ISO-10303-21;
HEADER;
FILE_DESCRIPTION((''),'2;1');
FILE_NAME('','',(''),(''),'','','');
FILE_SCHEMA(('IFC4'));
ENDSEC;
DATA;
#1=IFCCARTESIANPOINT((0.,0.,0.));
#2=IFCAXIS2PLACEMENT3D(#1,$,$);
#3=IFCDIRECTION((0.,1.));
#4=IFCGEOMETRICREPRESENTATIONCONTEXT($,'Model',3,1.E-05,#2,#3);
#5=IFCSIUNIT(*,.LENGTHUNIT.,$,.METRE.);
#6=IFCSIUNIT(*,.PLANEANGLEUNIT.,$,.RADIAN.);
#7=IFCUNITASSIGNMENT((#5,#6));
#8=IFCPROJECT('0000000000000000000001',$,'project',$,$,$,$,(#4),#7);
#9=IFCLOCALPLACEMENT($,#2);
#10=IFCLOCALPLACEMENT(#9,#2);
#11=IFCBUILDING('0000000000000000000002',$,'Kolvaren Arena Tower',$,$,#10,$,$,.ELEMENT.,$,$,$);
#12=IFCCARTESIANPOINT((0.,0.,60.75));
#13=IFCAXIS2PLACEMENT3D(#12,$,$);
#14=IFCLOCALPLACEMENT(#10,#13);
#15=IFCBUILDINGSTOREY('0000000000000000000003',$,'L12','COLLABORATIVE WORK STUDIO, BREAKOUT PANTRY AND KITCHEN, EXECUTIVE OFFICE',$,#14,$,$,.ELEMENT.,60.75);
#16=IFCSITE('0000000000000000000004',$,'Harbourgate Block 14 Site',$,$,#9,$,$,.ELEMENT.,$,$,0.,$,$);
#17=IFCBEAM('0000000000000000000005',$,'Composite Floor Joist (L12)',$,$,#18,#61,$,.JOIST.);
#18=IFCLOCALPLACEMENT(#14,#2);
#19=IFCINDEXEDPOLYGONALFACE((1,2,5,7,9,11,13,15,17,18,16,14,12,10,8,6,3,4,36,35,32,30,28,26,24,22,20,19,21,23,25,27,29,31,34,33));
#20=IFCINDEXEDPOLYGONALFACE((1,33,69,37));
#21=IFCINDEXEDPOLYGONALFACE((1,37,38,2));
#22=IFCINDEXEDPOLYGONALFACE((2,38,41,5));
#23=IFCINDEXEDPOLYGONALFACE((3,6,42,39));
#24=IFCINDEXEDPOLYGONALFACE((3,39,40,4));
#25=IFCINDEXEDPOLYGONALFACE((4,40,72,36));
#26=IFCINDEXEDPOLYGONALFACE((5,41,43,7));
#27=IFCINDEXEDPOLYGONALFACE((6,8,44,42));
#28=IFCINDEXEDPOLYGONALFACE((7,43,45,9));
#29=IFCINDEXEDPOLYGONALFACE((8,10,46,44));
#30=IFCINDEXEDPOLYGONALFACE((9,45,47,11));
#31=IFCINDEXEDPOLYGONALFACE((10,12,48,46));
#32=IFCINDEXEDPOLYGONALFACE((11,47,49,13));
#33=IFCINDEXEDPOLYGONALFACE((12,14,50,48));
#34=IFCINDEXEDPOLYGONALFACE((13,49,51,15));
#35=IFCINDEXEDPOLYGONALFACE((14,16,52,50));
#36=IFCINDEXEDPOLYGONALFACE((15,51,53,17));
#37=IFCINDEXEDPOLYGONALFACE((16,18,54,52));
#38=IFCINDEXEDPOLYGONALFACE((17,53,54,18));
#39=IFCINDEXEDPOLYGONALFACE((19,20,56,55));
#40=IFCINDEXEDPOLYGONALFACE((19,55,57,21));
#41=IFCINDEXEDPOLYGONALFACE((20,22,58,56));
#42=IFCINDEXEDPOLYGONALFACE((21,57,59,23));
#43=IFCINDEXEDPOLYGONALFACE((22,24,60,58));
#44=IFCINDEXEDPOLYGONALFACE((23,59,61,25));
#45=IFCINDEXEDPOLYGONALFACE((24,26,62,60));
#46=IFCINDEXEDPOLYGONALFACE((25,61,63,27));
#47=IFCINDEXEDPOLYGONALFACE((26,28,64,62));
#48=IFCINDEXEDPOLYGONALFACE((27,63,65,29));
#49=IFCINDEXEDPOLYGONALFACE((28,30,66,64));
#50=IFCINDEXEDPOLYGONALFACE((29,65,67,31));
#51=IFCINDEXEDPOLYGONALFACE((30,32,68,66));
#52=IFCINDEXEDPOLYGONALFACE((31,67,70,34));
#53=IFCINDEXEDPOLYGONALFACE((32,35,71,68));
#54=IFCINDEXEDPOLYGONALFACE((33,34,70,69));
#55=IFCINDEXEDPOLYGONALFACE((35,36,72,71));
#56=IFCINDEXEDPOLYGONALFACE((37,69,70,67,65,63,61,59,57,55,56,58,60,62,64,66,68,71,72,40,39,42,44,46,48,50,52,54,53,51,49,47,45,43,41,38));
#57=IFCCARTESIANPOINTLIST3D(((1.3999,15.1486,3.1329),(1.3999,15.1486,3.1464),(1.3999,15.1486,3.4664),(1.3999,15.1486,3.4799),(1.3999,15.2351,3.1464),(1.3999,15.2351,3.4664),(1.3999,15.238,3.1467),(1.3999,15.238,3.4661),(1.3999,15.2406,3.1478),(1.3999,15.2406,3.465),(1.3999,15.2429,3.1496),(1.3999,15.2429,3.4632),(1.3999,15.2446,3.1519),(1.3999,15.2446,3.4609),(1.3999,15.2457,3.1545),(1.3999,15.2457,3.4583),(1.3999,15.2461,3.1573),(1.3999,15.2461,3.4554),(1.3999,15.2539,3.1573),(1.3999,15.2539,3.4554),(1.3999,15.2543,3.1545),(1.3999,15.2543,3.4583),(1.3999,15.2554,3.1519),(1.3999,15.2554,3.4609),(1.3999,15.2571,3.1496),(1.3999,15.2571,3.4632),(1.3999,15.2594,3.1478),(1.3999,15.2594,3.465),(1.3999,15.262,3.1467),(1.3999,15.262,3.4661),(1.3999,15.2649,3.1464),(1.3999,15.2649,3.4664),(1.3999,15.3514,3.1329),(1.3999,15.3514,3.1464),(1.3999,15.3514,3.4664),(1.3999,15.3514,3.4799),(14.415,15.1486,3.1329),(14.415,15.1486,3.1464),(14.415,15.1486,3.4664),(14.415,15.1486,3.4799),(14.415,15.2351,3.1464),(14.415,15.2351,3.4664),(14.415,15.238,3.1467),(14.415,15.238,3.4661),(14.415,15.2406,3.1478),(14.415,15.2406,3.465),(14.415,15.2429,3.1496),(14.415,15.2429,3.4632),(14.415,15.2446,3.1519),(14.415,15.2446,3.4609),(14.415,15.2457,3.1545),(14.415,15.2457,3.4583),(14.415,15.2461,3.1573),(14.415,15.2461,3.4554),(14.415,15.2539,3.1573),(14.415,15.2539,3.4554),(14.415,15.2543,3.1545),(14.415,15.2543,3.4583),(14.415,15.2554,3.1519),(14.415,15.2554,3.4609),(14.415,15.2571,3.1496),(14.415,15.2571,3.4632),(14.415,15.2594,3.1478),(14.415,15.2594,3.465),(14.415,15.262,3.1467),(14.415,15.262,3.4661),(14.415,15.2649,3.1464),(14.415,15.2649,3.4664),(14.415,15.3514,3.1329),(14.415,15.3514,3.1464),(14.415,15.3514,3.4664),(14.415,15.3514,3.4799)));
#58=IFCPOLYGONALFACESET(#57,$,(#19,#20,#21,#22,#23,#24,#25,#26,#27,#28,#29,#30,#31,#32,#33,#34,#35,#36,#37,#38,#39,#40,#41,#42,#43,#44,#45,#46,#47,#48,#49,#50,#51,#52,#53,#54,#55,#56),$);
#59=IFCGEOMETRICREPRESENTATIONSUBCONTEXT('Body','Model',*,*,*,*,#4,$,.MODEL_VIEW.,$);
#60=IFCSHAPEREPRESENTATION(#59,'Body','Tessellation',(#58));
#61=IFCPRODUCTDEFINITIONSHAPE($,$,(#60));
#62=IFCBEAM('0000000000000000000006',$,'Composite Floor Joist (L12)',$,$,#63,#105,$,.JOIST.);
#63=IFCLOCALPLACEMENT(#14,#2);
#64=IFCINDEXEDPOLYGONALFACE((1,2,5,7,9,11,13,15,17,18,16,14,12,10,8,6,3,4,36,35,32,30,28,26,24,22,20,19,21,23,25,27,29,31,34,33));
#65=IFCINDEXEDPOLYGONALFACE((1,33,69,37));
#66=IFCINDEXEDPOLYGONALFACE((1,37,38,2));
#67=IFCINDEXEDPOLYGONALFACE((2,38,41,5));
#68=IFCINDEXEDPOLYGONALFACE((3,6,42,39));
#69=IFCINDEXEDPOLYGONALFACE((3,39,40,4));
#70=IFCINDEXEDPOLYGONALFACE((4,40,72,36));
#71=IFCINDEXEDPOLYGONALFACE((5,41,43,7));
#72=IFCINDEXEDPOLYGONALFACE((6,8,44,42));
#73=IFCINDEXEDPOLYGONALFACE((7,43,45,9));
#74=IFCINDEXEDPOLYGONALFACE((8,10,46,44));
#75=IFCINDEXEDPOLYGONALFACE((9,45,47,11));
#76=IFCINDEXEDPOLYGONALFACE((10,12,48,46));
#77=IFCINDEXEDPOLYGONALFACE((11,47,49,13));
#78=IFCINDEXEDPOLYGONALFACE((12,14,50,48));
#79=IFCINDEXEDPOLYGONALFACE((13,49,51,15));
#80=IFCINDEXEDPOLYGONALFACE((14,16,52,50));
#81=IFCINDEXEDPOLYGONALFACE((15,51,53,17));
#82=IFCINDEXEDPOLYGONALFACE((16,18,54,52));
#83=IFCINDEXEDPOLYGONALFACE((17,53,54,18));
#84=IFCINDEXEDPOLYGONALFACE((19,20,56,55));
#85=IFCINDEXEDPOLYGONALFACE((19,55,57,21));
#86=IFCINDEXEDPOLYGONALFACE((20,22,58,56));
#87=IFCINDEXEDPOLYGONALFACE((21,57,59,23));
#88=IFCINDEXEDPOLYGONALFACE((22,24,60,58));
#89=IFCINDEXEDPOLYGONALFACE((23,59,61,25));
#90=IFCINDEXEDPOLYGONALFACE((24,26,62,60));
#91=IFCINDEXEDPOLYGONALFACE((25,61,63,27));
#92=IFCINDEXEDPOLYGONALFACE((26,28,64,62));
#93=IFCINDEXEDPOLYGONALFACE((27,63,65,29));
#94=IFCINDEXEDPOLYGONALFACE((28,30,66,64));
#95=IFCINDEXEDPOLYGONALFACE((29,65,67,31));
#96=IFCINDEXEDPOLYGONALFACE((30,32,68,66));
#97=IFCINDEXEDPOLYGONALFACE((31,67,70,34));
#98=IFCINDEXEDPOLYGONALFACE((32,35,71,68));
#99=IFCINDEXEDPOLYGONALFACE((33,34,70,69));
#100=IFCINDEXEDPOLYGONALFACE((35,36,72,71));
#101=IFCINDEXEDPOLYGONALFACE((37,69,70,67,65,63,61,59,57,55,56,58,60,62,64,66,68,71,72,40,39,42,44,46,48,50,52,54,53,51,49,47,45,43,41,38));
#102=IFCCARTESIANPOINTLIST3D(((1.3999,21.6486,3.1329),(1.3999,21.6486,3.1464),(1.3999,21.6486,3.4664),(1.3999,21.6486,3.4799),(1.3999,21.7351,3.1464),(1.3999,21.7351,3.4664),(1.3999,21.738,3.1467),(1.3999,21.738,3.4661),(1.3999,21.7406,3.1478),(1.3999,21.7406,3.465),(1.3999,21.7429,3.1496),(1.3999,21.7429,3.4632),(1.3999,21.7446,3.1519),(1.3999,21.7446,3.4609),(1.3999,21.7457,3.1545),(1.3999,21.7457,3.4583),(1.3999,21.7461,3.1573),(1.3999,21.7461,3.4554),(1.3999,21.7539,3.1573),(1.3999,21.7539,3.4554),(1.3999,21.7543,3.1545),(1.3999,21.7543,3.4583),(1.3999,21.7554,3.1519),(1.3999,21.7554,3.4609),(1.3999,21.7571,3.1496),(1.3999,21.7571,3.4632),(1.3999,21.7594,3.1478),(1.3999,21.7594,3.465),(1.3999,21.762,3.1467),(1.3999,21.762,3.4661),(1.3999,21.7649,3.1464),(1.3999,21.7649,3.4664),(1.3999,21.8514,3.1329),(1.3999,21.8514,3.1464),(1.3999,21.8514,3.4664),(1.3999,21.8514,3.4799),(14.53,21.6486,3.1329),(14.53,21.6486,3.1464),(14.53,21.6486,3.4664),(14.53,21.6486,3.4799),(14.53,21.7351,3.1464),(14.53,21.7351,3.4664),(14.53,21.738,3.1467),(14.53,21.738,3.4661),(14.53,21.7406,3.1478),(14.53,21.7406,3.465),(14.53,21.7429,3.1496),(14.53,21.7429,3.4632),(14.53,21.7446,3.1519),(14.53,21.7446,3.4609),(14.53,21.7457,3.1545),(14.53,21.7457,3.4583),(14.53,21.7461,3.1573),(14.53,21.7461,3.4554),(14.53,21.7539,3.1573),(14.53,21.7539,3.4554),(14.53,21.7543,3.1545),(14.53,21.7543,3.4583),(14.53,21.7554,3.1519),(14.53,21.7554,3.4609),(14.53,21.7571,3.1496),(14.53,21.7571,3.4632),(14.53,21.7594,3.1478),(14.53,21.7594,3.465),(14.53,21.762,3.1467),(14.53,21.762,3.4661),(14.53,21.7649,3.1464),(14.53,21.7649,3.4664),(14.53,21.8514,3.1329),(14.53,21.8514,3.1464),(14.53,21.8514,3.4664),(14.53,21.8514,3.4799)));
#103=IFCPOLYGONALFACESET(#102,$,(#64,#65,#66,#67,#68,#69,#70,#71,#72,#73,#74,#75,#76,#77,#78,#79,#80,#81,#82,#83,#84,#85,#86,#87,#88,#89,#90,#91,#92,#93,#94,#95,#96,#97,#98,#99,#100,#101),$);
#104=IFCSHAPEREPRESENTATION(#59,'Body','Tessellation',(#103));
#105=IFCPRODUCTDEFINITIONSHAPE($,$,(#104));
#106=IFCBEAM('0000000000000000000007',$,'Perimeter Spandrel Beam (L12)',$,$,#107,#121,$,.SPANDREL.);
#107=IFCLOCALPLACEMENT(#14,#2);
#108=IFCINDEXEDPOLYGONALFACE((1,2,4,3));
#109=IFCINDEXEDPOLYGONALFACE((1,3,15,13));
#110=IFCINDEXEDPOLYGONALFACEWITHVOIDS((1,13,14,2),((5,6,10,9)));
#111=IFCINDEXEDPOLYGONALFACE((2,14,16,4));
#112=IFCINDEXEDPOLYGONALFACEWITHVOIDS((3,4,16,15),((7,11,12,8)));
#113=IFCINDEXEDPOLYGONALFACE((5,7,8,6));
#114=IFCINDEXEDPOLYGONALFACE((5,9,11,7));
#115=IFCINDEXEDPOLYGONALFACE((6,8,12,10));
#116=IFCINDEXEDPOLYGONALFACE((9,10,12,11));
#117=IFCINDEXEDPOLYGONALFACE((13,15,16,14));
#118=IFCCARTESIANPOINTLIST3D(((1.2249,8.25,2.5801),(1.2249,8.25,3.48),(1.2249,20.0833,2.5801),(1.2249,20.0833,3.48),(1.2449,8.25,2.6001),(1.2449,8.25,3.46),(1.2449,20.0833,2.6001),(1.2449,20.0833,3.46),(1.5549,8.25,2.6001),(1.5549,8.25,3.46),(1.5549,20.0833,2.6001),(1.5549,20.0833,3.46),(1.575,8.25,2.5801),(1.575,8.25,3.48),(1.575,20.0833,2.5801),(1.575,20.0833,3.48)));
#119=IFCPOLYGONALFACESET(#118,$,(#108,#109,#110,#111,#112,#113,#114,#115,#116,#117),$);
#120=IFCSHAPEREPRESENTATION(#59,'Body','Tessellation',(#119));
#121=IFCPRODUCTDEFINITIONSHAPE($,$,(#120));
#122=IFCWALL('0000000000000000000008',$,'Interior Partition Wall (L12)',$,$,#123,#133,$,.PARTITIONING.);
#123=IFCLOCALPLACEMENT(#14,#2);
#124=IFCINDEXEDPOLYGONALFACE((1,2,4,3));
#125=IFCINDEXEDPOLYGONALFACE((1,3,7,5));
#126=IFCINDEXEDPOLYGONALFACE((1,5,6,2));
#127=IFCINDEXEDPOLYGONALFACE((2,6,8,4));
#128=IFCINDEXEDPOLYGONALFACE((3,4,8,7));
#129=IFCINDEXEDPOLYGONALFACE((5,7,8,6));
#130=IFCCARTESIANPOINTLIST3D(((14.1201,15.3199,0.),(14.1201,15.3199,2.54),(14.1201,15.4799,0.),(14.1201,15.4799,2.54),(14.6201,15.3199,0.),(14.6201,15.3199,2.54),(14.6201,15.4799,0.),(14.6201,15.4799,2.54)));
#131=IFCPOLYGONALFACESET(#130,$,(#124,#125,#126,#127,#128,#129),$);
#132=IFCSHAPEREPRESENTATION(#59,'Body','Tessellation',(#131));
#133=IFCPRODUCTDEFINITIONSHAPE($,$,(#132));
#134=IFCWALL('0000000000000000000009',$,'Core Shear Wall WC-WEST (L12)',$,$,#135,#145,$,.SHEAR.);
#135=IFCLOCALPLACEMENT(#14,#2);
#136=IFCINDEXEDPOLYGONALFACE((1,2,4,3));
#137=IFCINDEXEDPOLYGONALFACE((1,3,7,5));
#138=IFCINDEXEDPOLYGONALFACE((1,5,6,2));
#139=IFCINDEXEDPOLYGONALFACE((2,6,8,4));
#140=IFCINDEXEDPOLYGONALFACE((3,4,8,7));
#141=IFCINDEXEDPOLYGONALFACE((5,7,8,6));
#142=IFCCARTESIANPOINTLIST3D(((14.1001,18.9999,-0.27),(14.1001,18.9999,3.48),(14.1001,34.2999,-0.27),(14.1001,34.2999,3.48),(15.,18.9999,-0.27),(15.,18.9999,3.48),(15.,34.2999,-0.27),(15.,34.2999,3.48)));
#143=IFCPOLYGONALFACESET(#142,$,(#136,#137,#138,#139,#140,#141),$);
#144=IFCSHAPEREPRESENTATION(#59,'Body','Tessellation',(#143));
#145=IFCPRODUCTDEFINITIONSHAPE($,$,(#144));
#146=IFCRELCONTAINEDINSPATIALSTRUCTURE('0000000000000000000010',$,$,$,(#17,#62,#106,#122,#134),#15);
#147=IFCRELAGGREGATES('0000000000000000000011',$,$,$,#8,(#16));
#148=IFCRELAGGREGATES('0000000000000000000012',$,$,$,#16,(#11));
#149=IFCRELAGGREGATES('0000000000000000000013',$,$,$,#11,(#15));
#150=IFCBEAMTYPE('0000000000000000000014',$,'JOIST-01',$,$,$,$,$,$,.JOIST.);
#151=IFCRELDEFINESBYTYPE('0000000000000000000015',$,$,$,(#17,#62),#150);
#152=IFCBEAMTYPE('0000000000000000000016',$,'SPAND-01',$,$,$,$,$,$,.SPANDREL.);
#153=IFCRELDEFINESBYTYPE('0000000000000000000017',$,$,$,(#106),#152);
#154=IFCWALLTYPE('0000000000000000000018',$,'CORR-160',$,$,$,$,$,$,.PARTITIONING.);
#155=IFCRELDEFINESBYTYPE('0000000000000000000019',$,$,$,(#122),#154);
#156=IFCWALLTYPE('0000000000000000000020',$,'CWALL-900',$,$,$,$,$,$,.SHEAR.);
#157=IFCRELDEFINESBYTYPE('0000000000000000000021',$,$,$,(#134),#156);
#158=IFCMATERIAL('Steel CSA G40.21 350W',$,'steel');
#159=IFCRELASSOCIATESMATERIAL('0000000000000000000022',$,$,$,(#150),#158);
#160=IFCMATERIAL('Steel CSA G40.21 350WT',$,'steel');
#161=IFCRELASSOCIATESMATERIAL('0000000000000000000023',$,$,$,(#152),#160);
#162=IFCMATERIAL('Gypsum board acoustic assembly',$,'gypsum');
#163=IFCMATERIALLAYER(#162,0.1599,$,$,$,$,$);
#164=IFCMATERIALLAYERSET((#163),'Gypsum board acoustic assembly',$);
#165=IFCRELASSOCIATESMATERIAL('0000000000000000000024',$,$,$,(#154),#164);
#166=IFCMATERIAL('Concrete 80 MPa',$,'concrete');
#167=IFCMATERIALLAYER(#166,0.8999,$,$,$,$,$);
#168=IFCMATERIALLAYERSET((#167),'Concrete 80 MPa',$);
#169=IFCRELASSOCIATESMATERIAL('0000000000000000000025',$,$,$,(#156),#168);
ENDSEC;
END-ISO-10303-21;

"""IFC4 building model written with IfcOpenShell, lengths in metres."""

from ifc_helpers import new_model, si_unit, direction, frame, frame_2d, origin, origin_2d, place, context, subcontext, project, spatial, rectangle, hollow_rectangle, i_section, extrude, material, layer, layer_set, material_profile, profile_set, type_object, element, save


model = new_model("IFC4")

# Units and contexts
model_context = context("Model", 3, precision=1e-05, world=origin(), true_north=direction((0.0, 1.0)))
body_context = subcontext(model_context, "Body", "Model", "MODEL_VIEW")
ifc_project = project(units=[si_unit("LENGTHUNIT", "METRE"), si_unit("PLANEANGLEUNIT", "RADIAN")], contexts=[model_context])

# Site, building, storey
site_placement = place(None, origin())
site = spatial("IfcSite", under=ifc_project, at=site_placement, Name="Harbourgate Block 14 Site", CompositionType="ELEMENT", RefElevation=0.0)
building_placement = place(site_placement, origin())
building = spatial("IfcBuilding", under=site, at=building_placement, Name="Kolvaren Arena Tower", CompositionType="ELEMENT")
storey_placement = place(building_placement, frame((0.0, 0.0, 60.75)))
storey = spatial("IfcBuildingStorey", under=building, at=storey_placement, Name="L12", Description="COLLABORATIVE WORK STUDIO, BREAKOUT PANTRY AND KITCHEN, EXECUTIVE OFFICE", CompositionType="ELEMENT", Elevation=60.75)

# Beams
ifc_material_1 = material(Name="Steel CSA G40.21 350W", Category="steel")
ifc_material_profile_1 = material_profile(ifc_material_1, i_section(OverallWidth=0.2029, OverallDepth=0.3469, WebThickness=0.0078, FlangeThickness=0.0134, FilletRadius=0.011, at=origin_2d()), Name="W360x64")
ifc_profile_set_1 = profile_set([ifc_material_profile_1], Name="Steel CSA G40.21 350W")
beam_type_1 = type_object("IfcBeamType", Name="JOIST-01", PredefinedType="JOIST", material=ifc_profile_set_1)
beam_1_placement = place(storey_placement, frame((1.3999, 15.25, 3.3064), z_axis=(1.0, 0.0, 0.0), x_axis=(0.0, 1.0, 0.0)))
element("IfcBeam", 1, at=beam_1_placement, inside=storey, type_object=beam_type_1, Name="Composite Floor Joist (L12)", PredefinedType="JOIST", context=body_context, shape_type="SweptSolid", body=[
    extrude(i_section(OverallWidth=0.2029, OverallDepth=0.3469, WebThickness=0.0078, FlangeThickness=0.0134, FilletRadius=0.011, at=origin_2d()), origin(), (0.0, 0.0, 1.0), 13.0151),
])
beam_2_placement = place(storey_placement, frame((1.3999, 21.75, 3.3064), z_axis=(1.0, 0.0, 0.0), x_axis=(0.0, 1.0, 0.0)))
element("IfcBeam", 2, at=beam_2_placement, inside=storey, type_object=beam_type_1, Name="Composite Floor Joist (L12)", PredefinedType="JOIST", context=body_context, shape_type="SweptSolid", body=[
    extrude(i_section(OverallWidth=0.2029, OverallDepth=0.3469, WebThickness=0.0078, FlangeThickness=0.0134, FilletRadius=0.011, at=origin_2d()), origin(), (0.0, 0.0, 1.0), 13.1301),
])
ifc_material_2 = material(Name="Steel CSA G40.21 350WT", Category="steel")
ifc_material_profile_2 = material_profile(ifc_material_2, hollow_rectangle(XDim=0.3501, YDim=0.8999, WallThickness=0.02, at=origin_2d()), Name="HSS 900x350x20")
ifc_profile_set_2 = profile_set([ifc_material_profile_2], Name="Steel CSA G40.21 350WT")
beam_type_2 = type_object("IfcBeamType", Name="SPAND-01", PredefinedType="SPANDREL", material=ifc_profile_set_2)
beam_3_placement = place(storey_placement, frame((1.3999, 20.0833, 3.03), z_axis=(0.0, -1.0, 0.0), x_axis=(1.0, 0.0, 0.0)))
element("IfcBeam", 3, at=beam_3_placement, inside=storey, type_object=beam_type_2, Name="Perimeter Spandrel Beam (L12)", PredefinedType="SPANDREL", context=body_context, shape_type="SweptSolid", body=[
    extrude(hollow_rectangle(XDim=0.3501, YDim=0.8999, WallThickness=0.02, at=origin_2d()), origin(), (0.0, 0.0, 1.0), 11.8333),
])

# Walls
ifc_material_3 = material(Name="Gypsum board acoustic assembly", Category="gypsum")
ifc_layer_1 = layer(ifc_material_3, 0.1599)
ifc_layer_set_1 = layer_set([ifc_layer_1], Name="Gypsum board acoustic assembly")
wall_type_1 = type_object("IfcWallType", Name="CORR-160", PredefinedType="PARTITIONING", material=ifc_layer_set_1)
wall_1_placement = place(storey_placement, frame((14.1201, 15.3999, 0.0), z_axis=(0.0, 0.0, 1.0), x_axis=(1.0, 0.0, 0.0)))
element("IfcWall", 4, at=wall_1_placement, inside=storey, type_object=wall_type_1, Name="Interior Partition Wall (L12)", PredefinedType="PARTITIONING", context=body_context, shape_type="SweptSolid", body=[
    extrude(rectangle(XDim=0.5, YDim=0.1599, at=frame_2d((0.25, 0.0))), origin(), (0.0, 0.0, 1.0), 2.54),
])
ifc_material_4 = material(Name="Concrete 80 MPa", Category="concrete")
ifc_layer_2 = layer(ifc_material_4, 0.8999)
ifc_layer_set_2 = layer_set([ifc_layer_2], Name="Concrete 80 MPa")
wall_type_2 = type_object("IfcWallType", Name="CWALL-900", PredefinedType="SHEAR", material=ifc_layer_set_2)
wall_2_placement = place(storey_placement, frame((14.55, 19.0, -0.27), z_axis=(0.0, 0.0, 1.0), x_axis=(0.0, 1.0, 0.0)))
element("IfcWall", 5, at=wall_2_placement, inside=storey, type_object=wall_type_2, Name="Core Shear Wall WC-WEST (L12)", PredefinedType="SHEAR", context=body_context, shape_type="SweptSolid", body=[
    extrude(rectangle(XDim=15.3, YDim=0.8999, at=frame_2d((7.6499, 0.0))), origin(), (0.0, 0.0, 1.0), 3.75),
])

save(model, "model.ifc")
